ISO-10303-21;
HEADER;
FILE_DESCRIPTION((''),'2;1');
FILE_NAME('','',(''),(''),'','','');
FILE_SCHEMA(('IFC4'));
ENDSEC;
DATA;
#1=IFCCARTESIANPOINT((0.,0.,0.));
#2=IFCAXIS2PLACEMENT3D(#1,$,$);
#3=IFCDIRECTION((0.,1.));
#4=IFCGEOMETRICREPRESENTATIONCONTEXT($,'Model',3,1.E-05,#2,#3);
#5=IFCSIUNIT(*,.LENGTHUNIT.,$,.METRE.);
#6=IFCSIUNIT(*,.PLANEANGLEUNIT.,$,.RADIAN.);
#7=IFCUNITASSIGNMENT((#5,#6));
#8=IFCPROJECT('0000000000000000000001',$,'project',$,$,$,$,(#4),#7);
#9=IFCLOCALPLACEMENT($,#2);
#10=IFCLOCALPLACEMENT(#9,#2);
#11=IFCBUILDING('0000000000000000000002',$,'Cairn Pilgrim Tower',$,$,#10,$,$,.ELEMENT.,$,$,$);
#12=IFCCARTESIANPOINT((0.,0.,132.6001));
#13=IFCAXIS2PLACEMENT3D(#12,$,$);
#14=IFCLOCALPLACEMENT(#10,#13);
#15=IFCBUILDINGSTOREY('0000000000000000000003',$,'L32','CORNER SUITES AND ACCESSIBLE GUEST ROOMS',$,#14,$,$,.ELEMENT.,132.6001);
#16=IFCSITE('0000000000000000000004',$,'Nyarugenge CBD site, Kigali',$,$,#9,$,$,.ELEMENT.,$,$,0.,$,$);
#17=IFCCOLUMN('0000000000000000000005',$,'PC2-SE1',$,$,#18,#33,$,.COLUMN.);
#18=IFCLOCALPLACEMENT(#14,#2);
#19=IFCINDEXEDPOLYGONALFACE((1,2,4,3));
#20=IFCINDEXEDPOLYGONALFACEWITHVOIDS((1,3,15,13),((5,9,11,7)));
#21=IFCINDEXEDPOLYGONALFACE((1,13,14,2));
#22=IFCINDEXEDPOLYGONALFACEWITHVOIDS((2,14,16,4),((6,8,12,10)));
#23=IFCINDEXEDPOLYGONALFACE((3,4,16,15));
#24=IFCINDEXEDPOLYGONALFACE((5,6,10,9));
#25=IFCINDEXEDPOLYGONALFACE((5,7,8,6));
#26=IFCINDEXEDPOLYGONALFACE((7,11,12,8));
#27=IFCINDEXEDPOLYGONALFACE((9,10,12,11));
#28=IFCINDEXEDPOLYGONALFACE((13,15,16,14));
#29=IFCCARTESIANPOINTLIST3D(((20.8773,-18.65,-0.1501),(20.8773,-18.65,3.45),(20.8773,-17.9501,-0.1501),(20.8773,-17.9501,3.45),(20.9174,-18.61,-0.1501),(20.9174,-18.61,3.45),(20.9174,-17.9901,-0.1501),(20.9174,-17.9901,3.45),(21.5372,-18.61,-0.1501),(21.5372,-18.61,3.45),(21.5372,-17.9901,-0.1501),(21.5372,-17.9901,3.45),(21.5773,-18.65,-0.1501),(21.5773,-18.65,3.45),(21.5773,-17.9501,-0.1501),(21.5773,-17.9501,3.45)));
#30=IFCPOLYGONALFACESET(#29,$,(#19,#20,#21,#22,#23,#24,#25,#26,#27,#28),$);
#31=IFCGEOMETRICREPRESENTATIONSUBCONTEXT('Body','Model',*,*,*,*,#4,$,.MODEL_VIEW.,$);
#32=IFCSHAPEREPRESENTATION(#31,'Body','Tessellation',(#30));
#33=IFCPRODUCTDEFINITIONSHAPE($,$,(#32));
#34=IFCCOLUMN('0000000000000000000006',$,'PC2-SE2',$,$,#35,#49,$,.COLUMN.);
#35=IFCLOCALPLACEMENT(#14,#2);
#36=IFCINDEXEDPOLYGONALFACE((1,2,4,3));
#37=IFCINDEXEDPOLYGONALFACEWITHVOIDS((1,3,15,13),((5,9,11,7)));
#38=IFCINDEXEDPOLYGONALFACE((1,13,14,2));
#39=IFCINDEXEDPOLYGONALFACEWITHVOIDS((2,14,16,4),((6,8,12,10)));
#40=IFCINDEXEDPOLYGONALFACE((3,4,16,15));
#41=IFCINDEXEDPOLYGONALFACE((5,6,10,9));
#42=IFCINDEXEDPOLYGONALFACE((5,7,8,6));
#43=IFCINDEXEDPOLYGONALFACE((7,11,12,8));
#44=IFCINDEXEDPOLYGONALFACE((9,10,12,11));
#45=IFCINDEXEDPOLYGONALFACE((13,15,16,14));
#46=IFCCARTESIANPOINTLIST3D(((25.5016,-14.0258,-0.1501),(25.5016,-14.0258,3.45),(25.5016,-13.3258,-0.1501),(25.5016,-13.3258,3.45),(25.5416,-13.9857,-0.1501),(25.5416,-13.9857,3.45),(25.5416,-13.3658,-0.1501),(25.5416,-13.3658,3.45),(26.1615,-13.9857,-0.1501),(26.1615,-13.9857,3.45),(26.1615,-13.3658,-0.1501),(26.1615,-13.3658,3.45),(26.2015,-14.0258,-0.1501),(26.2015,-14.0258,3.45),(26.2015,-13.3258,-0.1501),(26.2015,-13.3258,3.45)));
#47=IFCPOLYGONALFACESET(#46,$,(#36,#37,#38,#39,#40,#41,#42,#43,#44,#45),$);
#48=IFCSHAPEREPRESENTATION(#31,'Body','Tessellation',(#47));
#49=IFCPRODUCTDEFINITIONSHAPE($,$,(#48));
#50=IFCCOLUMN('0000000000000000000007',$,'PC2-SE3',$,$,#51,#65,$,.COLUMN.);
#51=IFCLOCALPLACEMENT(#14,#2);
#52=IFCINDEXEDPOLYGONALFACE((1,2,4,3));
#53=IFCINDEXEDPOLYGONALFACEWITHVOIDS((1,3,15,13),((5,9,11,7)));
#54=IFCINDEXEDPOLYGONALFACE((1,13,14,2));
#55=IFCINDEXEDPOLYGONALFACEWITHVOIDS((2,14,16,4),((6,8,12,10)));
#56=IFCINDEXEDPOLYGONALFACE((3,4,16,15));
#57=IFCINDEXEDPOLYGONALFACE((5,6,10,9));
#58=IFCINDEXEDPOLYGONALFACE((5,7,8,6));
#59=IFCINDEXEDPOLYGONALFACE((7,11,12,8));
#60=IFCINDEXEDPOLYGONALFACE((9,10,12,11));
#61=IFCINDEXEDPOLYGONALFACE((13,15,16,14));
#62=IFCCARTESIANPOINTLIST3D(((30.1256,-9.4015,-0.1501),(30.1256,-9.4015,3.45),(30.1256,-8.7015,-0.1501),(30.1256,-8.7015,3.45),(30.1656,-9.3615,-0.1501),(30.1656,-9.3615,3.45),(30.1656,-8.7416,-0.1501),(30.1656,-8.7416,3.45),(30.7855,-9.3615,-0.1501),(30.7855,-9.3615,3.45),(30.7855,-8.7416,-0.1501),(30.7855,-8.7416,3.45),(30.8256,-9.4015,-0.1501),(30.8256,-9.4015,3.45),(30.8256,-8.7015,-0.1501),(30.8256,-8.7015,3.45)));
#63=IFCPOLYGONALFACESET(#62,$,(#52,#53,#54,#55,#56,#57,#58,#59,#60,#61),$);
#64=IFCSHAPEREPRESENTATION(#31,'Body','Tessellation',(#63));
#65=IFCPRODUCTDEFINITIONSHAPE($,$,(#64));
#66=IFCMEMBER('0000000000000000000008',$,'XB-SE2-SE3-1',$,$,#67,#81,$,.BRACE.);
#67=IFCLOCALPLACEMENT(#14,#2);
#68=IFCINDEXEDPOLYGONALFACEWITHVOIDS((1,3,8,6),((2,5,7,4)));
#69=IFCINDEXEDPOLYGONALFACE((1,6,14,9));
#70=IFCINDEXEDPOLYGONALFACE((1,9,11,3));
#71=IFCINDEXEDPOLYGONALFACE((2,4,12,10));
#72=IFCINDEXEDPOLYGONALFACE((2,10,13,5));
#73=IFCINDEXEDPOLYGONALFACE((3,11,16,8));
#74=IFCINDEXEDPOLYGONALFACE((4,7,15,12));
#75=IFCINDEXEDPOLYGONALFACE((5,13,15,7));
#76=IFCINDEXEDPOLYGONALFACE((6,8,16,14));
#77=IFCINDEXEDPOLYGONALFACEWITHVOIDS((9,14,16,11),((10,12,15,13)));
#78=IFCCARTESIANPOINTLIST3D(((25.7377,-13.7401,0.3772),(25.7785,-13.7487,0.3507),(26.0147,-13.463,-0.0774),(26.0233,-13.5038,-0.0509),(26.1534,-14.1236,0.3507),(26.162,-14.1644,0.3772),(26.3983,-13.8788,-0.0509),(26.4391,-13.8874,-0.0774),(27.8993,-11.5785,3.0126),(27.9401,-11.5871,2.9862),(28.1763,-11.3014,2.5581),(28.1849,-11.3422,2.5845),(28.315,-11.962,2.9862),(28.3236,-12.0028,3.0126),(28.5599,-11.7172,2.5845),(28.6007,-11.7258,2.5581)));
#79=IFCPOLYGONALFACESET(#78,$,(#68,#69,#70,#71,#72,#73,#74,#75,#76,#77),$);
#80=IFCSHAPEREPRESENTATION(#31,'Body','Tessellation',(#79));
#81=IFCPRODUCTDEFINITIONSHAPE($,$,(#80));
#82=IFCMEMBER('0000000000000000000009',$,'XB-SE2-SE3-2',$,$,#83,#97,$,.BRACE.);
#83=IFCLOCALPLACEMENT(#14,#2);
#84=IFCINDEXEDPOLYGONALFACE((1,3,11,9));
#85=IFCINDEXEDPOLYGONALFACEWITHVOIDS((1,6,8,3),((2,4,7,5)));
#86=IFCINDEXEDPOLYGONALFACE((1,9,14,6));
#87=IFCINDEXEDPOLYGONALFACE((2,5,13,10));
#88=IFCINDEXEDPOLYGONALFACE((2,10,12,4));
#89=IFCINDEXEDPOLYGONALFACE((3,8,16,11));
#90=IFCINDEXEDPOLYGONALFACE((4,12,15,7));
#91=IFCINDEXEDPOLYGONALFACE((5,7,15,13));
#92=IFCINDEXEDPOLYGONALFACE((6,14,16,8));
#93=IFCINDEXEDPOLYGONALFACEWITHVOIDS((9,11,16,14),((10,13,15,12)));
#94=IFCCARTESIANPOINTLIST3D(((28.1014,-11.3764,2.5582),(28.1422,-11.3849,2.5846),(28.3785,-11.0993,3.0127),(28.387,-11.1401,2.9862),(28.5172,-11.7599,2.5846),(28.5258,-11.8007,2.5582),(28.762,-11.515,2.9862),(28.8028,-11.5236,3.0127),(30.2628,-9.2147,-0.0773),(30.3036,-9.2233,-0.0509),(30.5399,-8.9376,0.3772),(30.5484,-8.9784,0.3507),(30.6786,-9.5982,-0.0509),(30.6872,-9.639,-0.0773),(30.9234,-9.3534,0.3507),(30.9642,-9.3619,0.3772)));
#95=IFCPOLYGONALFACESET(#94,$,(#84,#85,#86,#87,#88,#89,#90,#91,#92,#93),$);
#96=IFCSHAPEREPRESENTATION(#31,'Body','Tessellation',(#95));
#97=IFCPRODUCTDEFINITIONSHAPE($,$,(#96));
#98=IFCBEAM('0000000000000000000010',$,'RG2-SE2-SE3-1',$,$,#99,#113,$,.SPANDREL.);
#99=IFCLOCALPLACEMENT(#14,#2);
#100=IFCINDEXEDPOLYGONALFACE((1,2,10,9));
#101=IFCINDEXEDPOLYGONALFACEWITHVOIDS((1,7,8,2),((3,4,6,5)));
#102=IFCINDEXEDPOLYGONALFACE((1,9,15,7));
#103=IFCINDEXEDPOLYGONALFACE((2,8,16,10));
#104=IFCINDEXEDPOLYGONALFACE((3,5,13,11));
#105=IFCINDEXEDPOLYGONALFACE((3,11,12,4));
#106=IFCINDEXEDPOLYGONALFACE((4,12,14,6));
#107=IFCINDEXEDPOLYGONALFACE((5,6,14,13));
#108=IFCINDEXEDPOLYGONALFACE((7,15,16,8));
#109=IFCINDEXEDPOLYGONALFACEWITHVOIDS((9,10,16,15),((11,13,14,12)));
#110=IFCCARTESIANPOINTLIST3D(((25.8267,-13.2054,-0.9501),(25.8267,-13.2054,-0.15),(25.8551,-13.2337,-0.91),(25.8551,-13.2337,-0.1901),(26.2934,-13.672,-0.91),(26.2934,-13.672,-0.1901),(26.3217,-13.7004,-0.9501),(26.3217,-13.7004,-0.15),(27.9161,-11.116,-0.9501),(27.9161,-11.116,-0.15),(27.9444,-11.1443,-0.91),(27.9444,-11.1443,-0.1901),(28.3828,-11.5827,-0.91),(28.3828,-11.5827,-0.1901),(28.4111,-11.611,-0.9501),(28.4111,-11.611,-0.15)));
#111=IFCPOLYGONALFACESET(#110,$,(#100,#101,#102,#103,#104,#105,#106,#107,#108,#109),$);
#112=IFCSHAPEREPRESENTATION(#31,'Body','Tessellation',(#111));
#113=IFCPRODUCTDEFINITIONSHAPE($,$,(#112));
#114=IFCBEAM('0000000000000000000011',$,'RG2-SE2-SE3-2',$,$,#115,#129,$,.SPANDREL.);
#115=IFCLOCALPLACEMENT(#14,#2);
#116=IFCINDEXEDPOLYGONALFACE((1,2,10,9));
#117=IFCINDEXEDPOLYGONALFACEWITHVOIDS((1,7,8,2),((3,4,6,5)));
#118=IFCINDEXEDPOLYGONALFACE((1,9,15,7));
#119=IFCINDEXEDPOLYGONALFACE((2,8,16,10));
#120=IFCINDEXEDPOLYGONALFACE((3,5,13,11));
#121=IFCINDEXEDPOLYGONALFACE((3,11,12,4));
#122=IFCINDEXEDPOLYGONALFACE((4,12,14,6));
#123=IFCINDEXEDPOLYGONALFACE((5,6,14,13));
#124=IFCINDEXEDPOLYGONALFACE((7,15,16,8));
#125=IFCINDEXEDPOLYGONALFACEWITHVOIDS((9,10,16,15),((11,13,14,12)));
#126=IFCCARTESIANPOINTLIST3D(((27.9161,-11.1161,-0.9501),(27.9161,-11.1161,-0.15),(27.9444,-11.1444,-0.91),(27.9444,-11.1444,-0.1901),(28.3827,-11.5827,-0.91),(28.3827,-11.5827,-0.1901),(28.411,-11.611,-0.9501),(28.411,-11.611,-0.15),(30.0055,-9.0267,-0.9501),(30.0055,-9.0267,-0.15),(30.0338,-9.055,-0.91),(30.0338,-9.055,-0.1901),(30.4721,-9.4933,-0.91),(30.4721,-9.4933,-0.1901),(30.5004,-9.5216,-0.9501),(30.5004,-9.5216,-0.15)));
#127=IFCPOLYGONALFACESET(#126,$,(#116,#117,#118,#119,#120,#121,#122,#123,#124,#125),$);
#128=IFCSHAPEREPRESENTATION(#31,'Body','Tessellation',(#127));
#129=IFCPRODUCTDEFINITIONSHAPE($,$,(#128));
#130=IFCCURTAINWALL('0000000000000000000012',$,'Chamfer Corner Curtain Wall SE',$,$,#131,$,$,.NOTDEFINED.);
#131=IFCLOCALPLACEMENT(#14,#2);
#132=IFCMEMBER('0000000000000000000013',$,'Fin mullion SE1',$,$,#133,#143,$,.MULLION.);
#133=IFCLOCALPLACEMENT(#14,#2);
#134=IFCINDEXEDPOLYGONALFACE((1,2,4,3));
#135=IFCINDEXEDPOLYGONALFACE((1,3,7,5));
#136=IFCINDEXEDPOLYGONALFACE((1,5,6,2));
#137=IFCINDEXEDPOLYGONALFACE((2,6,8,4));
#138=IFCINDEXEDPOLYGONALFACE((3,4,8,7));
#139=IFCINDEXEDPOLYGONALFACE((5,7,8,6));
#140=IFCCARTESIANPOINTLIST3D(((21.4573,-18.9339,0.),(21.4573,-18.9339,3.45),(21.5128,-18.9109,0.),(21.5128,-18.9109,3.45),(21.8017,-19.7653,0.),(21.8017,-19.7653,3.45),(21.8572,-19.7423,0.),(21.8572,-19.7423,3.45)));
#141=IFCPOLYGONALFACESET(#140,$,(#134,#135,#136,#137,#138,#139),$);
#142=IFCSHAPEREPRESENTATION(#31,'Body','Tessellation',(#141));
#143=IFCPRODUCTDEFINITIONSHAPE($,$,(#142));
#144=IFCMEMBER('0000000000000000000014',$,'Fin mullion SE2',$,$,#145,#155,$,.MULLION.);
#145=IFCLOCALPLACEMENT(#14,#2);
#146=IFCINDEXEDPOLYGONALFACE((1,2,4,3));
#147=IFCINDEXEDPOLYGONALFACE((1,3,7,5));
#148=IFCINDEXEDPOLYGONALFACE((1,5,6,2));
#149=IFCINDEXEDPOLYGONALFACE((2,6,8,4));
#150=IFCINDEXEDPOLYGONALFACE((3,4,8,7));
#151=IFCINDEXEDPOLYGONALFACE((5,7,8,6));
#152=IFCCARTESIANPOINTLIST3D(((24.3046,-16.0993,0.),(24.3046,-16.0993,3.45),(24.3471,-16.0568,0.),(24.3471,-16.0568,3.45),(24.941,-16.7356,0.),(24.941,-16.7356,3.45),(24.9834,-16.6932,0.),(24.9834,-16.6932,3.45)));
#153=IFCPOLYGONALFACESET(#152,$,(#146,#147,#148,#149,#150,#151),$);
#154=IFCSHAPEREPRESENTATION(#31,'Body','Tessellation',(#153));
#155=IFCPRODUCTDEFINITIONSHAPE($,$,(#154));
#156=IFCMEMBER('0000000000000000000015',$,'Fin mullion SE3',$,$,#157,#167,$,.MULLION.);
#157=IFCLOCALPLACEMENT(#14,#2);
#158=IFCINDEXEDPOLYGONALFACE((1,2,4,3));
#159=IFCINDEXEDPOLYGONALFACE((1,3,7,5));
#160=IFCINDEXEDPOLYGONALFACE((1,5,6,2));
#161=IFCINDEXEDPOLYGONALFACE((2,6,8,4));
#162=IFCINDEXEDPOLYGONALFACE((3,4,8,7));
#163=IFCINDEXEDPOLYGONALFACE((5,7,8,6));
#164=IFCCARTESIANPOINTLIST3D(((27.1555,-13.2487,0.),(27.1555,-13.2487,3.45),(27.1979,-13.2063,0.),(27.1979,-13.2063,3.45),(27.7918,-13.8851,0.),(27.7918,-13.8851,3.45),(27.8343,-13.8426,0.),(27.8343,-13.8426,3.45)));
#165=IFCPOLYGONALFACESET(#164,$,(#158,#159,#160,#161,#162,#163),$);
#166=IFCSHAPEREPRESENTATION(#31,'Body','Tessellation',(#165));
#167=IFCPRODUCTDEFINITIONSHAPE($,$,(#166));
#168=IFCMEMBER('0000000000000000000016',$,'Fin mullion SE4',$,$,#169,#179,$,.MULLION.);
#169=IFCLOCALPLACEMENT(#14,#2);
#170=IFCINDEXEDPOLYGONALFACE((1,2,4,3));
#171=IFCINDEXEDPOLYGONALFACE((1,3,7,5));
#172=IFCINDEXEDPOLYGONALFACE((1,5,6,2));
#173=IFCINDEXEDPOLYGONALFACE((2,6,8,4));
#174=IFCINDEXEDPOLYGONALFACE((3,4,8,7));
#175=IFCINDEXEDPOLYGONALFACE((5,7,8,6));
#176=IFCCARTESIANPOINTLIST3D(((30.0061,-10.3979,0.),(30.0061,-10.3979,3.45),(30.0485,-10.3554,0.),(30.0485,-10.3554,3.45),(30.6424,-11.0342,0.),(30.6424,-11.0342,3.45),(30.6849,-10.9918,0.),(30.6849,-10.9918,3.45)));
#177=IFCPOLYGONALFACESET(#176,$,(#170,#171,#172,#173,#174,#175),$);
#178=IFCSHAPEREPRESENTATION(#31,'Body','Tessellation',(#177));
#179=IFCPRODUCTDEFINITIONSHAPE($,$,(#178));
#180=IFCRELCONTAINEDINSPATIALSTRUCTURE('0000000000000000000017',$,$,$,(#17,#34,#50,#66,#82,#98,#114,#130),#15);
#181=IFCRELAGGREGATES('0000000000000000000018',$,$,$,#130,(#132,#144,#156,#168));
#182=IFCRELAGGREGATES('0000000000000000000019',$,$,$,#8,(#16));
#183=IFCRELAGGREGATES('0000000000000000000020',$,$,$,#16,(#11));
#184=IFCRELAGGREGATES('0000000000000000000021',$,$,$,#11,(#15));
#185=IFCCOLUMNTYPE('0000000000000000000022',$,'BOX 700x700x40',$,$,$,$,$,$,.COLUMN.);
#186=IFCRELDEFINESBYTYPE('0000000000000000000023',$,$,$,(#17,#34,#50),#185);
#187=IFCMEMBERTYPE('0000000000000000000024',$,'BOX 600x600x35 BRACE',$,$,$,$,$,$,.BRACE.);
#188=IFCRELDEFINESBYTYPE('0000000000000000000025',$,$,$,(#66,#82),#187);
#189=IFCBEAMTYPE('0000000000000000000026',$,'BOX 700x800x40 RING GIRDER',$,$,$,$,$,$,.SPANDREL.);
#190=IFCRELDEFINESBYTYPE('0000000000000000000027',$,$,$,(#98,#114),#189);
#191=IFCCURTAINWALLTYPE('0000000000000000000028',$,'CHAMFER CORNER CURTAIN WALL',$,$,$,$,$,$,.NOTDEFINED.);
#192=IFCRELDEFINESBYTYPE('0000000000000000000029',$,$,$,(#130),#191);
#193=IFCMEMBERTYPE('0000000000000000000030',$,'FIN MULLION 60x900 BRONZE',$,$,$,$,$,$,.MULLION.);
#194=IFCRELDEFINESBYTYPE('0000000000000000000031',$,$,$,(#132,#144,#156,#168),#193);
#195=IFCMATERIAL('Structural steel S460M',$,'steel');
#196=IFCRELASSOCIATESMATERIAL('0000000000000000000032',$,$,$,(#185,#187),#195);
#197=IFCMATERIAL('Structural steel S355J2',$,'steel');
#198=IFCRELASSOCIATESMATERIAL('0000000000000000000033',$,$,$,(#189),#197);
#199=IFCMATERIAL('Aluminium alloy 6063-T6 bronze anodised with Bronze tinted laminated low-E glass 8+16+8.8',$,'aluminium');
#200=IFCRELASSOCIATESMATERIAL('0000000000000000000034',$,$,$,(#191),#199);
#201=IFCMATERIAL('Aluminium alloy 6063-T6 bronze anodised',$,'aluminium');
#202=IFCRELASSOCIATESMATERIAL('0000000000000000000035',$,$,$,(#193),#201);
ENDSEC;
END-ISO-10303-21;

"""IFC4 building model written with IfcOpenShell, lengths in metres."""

from ifc_helpers import new_model, si_unit, direction, frame, origin, origin_2d, place, context, subcontext, project, spatial, rectangle, hollow_rectangle, extrude, material, material_profile, profile_set, type_object, element, aggregate, save


model = new_model("IFC4")

# Units and contexts
model_context = context("Model", 3, precision=1e-05, world=origin(), true_north=direction((0.0, 1.0)))
body_context = subcontext(model_context, "Body", "Model", "MODEL_VIEW")
ifc_project = project(units=[si_unit("LENGTHUNIT", "METRE"), si_unit("PLANEANGLEUNIT", "RADIAN")], contexts=[model_context])

# Site, building, storey
site_placement = place(None, origin())
site = spatial("IfcSite", under=ifc_project, at=site_placement, Name="Nyarugenge CBD site, Kigali", CompositionType="ELEMENT", RefElevation=0.0)
building_placement = place(site_placement, origin())
building = spatial("IfcBuilding", under=site, at=building_placement, Name="Cairn Pilgrim Tower", CompositionType="ELEMENT")
storey_placement = place(building_placement, frame((0.0, 0.0, 132.6001)))
storey = spatial("IfcBuildingStorey", under=building, at=storey_placement, Name="L32", Description="CORNER SUITES AND ACCESSIBLE GUEST ROOMS", CompositionType="ELEMENT", Elevation=132.6001)

# Columns
ifc_material_1 = material(Name="Structural steel S460M", Category="steel")
ifc_material_profile_1 = material_profile(ifc_material_1, hollow_rectangle(XDim=0.7, YDim=0.7, WallThickness=0.04, at=origin_2d()), Name="BOX 700x700x40")
ifc_profile_set_1 = profile_set([ifc_material_profile_1], Name="Structural steel S460M")
column_type = type_object("IfcColumnType", Name="BOX 700x700x40", PredefinedType="COLUMN", material=ifc_profile_set_1)
for number, where, z_axis, x_axis, name in (
    (1, (21.2273, -18.3, -0.1501), (0.0, 0.0, 1.0), (1.0, 0.0, 0.0), "PC2-SE1"),
    (2, (25.8516, -13.6758, -0.1501), (0.0, 0.0, 1.0), (1.0, 0.0, 0.0), "PC2-SE2"),
    (3, (30.4756, -9.0515, -0.1501), (0.0, 0.0, 1.0), (1.0, 0.0, 0.0), "PC2-SE3"),
):
    element("IfcColumn", number, at=place(storey_placement, frame(where, z_axis=z_axis, x_axis=x_axis)), inside=storey, type_object=column_type, Name=name, PredefinedType="COLUMN", context=body_context, shape_type="SweptSolid", body=[
        extrude(hollow_rectangle(XDim=0.7, YDim=0.7, WallThickness=0.04, at=origin_2d()), origin(), (0.0, 0.0, 1.0), 3.6001),
    ])

# Members
ifc_material_profile_2 = material_profile(ifc_material_1, hollow_rectangle(XDim=0.6001, YDim=0.6001, WallThickness=0.0349, at=origin_2d()), Name="BOX 600x600x35")
ifc_profile_set_2 = profile_set([ifc_material_profile_2], Name="Structural steel S460M")
member_type_1 = type_object("IfcMemberType", Name="BOX 600x600x35 BRACE", PredefinedType="BRACE", material=ifc_profile_set_2)
for number, where, z_axis, x_axis, name in (
    (4, (26.0884, -13.8137, 0.1499), (0.535556, 0.535556, 0.652962), (-0.707107, 0.707107, 0.0), "XB-SE2-SE3-1"),
    (5, (30.6135, -9.2883, 0.1499), (-0.535513, -0.535573, 0.652983), (0.707147, -0.707067, 0.0), "XB-SE2-SE3-2"),
):
    element("IfcMember", number, at=place(storey_placement, frame(where, z_axis=z_axis, x_axis=x_axis)), inside=storey, type_object=member_type_1, Name=name, PredefinedType="BRACE", context=body_context, shape_type="SweptSolid", body=[
        extrude(hollow_rectangle(XDim=0.6001, YDim=0.6001, WallThickness=0.0349, at=origin_2d()), origin(), (0.0, 0.0, 1.0), 4.0361),
    ])

# Beams
ifc_material_2 = material(Name="Structural steel S355J2", Category="steel")
ifc_material_profile_3 = material_profile(ifc_material_2, hollow_rectangle(XDim=0.7, YDim=0.8, WallThickness=0.04, at=origin_2d()), Name="BOX 700x800x40")
ifc_profile_set_3 = profile_set([ifc_material_profile_3], Name="Structural steel S355J2")
beam_type_1 = type_object("IfcBeamType", Name="BOX 700x800x40 RING GIRDER", PredefinedType="SPANDREL", material=ifc_profile_set_3)
for number, where, z_axis, x_axis, name in (
    (6, (26.0742, -13.4529, -0.55), (0.707107, 0.707107, 0.0), (-0.707107, 0.707107, 0.0), "RG2-SE2-SE3-1"),
    (7, (28.1636, -11.3635, -0.55), (0.707107, 0.707107, 0.0), (-0.707107, 0.707107, 0.0), "RG2-SE2-SE3-2"),
):
    element("IfcBeam", number, at=place(storey_placement, frame(where, z_axis=z_axis, x_axis=x_axis)), inside=storey, type_object=beam_type_1, Name=name, PredefinedType="SPANDREL", context=body_context, shape_type="SweptSolid", body=[
        extrude(hollow_rectangle(XDim=0.7, YDim=0.8, WallThickness=0.04, at=origin_2d()), origin(), (0.0, 0.0, 1.0), 2.9548),
    ])

# Curtain wall, members
ifc_material_3 = material(Name="Aluminium alloy 6063-T6 bronze anodised with Bronze tinted laminated low-E glass 8+16+8.8", Category="aluminium")
curtain_wall_type = type_object("IfcCurtainWallType", Name="CHAMFER CORNER CURTAIN WALL", PredefinedType="NOTDEFINED", material=ifc_material_3)
curtain_wall_placement = place(storey_placement, origin())
curtain_wall = element("IfcCurtainWall", 8, at=curtain_wall_placement, inside=storey, type_object=curtain_wall_type, Name="Chamfer Corner Curtain Wall SE", PredefinedType="NOTDEFINED")
ifc_material_4 = material(Name="Aluminium alloy 6063-T6 bronze anodised", Category="aluminium")
ifc_material_profile_4 = material_profile(ifc_material_4, rectangle(XDim=0.8999, YDim=0.0601, at=origin_2d()), Name="FIN MULLION 60x900 BRONZE")
ifc_profile_set_4 = profile_set([ifc_material_profile_4], Name="Aluminium alloy 6063-T6 bronze anodised")
member_type_2 = type_object("IfcMemberType", Name="FIN MULLION 60x900 BRONZE", PredefinedType="MULLION", material=ifc_profile_set_4)
member_1_placement = place(storey_placement, frame((21.6572, -19.3381, 0.0), z_axis=(0.0, 0.0, 1.0), x_axis=(0.382683, -0.92388, 0.0)))
member_1 = element("IfcMember", 9, at=member_1_placement, type_object=member_type_2, Name="Fin mullion SE1", PredefinedType="MULLION", context=body_context, shape_type="SweptSolid", body=[
    extrude(rectangle(XDim=0.8999, YDim=0.0601, at=origin_2d()), origin(), (0.0, 0.0, 1.0), 3.45),
])
member_2_placement = place(storey_placement, frame((24.644, -16.3962, 0.0), z_axis=(0.0, 0.0, 1.0), x_axis=(0.707107, -0.707107, 0.0)))
member_2 = element("IfcMember", 10, at=member_2_placement, type_object=member_type_2, Name="Fin mullion SE2", PredefinedType="MULLION", context=body_context, shape_type="SweptSolid", body=[
    extrude(rectangle(XDim=0.8999, YDim=0.0601, at=origin_2d()), origin(), (0.0, 0.0, 1.0), 3.45),
])
member_3_placement = place(storey_placement, frame((27.4949, -13.5457, 0.0), z_axis=(0.0, 0.0, 1.0), x_axis=(0.707107, -0.707107, 0.0)))
member_3 = element("IfcMember", 11, at=member_3_placement, type_object=member_type_2, Name="Fin mullion SE3", PredefinedType="MULLION", context=body_context, shape_type="SweptSolid", body=[
    extrude(rectangle(XDim=0.8999, YDim=0.0601, at=origin_2d()), origin(), (0.0, 0.0, 1.0), 3.45),
])
member_4_placement = place(storey_placement, frame((30.3455, -10.6948, 0.0), z_axis=(0.0, 0.0, 1.0), x_axis=(0.707107, -0.707107, 0.0)))
member_4 = element("IfcMember", 12, at=member_4_placement, type_object=member_type_2, Name="Fin mullion SE4", PredefinedType="MULLION", context=body_context, shape_type="SweptSolid", body=[
    extrude(rectangle(XDim=0.8999, YDim=0.0601, at=origin_2d()), origin(), (0.0, 0.0, 1.0), 3.45),
])

aggregate(curtain_wall, [member_1, member_2, member_3, member_4])

save(model, "model.ifc")
